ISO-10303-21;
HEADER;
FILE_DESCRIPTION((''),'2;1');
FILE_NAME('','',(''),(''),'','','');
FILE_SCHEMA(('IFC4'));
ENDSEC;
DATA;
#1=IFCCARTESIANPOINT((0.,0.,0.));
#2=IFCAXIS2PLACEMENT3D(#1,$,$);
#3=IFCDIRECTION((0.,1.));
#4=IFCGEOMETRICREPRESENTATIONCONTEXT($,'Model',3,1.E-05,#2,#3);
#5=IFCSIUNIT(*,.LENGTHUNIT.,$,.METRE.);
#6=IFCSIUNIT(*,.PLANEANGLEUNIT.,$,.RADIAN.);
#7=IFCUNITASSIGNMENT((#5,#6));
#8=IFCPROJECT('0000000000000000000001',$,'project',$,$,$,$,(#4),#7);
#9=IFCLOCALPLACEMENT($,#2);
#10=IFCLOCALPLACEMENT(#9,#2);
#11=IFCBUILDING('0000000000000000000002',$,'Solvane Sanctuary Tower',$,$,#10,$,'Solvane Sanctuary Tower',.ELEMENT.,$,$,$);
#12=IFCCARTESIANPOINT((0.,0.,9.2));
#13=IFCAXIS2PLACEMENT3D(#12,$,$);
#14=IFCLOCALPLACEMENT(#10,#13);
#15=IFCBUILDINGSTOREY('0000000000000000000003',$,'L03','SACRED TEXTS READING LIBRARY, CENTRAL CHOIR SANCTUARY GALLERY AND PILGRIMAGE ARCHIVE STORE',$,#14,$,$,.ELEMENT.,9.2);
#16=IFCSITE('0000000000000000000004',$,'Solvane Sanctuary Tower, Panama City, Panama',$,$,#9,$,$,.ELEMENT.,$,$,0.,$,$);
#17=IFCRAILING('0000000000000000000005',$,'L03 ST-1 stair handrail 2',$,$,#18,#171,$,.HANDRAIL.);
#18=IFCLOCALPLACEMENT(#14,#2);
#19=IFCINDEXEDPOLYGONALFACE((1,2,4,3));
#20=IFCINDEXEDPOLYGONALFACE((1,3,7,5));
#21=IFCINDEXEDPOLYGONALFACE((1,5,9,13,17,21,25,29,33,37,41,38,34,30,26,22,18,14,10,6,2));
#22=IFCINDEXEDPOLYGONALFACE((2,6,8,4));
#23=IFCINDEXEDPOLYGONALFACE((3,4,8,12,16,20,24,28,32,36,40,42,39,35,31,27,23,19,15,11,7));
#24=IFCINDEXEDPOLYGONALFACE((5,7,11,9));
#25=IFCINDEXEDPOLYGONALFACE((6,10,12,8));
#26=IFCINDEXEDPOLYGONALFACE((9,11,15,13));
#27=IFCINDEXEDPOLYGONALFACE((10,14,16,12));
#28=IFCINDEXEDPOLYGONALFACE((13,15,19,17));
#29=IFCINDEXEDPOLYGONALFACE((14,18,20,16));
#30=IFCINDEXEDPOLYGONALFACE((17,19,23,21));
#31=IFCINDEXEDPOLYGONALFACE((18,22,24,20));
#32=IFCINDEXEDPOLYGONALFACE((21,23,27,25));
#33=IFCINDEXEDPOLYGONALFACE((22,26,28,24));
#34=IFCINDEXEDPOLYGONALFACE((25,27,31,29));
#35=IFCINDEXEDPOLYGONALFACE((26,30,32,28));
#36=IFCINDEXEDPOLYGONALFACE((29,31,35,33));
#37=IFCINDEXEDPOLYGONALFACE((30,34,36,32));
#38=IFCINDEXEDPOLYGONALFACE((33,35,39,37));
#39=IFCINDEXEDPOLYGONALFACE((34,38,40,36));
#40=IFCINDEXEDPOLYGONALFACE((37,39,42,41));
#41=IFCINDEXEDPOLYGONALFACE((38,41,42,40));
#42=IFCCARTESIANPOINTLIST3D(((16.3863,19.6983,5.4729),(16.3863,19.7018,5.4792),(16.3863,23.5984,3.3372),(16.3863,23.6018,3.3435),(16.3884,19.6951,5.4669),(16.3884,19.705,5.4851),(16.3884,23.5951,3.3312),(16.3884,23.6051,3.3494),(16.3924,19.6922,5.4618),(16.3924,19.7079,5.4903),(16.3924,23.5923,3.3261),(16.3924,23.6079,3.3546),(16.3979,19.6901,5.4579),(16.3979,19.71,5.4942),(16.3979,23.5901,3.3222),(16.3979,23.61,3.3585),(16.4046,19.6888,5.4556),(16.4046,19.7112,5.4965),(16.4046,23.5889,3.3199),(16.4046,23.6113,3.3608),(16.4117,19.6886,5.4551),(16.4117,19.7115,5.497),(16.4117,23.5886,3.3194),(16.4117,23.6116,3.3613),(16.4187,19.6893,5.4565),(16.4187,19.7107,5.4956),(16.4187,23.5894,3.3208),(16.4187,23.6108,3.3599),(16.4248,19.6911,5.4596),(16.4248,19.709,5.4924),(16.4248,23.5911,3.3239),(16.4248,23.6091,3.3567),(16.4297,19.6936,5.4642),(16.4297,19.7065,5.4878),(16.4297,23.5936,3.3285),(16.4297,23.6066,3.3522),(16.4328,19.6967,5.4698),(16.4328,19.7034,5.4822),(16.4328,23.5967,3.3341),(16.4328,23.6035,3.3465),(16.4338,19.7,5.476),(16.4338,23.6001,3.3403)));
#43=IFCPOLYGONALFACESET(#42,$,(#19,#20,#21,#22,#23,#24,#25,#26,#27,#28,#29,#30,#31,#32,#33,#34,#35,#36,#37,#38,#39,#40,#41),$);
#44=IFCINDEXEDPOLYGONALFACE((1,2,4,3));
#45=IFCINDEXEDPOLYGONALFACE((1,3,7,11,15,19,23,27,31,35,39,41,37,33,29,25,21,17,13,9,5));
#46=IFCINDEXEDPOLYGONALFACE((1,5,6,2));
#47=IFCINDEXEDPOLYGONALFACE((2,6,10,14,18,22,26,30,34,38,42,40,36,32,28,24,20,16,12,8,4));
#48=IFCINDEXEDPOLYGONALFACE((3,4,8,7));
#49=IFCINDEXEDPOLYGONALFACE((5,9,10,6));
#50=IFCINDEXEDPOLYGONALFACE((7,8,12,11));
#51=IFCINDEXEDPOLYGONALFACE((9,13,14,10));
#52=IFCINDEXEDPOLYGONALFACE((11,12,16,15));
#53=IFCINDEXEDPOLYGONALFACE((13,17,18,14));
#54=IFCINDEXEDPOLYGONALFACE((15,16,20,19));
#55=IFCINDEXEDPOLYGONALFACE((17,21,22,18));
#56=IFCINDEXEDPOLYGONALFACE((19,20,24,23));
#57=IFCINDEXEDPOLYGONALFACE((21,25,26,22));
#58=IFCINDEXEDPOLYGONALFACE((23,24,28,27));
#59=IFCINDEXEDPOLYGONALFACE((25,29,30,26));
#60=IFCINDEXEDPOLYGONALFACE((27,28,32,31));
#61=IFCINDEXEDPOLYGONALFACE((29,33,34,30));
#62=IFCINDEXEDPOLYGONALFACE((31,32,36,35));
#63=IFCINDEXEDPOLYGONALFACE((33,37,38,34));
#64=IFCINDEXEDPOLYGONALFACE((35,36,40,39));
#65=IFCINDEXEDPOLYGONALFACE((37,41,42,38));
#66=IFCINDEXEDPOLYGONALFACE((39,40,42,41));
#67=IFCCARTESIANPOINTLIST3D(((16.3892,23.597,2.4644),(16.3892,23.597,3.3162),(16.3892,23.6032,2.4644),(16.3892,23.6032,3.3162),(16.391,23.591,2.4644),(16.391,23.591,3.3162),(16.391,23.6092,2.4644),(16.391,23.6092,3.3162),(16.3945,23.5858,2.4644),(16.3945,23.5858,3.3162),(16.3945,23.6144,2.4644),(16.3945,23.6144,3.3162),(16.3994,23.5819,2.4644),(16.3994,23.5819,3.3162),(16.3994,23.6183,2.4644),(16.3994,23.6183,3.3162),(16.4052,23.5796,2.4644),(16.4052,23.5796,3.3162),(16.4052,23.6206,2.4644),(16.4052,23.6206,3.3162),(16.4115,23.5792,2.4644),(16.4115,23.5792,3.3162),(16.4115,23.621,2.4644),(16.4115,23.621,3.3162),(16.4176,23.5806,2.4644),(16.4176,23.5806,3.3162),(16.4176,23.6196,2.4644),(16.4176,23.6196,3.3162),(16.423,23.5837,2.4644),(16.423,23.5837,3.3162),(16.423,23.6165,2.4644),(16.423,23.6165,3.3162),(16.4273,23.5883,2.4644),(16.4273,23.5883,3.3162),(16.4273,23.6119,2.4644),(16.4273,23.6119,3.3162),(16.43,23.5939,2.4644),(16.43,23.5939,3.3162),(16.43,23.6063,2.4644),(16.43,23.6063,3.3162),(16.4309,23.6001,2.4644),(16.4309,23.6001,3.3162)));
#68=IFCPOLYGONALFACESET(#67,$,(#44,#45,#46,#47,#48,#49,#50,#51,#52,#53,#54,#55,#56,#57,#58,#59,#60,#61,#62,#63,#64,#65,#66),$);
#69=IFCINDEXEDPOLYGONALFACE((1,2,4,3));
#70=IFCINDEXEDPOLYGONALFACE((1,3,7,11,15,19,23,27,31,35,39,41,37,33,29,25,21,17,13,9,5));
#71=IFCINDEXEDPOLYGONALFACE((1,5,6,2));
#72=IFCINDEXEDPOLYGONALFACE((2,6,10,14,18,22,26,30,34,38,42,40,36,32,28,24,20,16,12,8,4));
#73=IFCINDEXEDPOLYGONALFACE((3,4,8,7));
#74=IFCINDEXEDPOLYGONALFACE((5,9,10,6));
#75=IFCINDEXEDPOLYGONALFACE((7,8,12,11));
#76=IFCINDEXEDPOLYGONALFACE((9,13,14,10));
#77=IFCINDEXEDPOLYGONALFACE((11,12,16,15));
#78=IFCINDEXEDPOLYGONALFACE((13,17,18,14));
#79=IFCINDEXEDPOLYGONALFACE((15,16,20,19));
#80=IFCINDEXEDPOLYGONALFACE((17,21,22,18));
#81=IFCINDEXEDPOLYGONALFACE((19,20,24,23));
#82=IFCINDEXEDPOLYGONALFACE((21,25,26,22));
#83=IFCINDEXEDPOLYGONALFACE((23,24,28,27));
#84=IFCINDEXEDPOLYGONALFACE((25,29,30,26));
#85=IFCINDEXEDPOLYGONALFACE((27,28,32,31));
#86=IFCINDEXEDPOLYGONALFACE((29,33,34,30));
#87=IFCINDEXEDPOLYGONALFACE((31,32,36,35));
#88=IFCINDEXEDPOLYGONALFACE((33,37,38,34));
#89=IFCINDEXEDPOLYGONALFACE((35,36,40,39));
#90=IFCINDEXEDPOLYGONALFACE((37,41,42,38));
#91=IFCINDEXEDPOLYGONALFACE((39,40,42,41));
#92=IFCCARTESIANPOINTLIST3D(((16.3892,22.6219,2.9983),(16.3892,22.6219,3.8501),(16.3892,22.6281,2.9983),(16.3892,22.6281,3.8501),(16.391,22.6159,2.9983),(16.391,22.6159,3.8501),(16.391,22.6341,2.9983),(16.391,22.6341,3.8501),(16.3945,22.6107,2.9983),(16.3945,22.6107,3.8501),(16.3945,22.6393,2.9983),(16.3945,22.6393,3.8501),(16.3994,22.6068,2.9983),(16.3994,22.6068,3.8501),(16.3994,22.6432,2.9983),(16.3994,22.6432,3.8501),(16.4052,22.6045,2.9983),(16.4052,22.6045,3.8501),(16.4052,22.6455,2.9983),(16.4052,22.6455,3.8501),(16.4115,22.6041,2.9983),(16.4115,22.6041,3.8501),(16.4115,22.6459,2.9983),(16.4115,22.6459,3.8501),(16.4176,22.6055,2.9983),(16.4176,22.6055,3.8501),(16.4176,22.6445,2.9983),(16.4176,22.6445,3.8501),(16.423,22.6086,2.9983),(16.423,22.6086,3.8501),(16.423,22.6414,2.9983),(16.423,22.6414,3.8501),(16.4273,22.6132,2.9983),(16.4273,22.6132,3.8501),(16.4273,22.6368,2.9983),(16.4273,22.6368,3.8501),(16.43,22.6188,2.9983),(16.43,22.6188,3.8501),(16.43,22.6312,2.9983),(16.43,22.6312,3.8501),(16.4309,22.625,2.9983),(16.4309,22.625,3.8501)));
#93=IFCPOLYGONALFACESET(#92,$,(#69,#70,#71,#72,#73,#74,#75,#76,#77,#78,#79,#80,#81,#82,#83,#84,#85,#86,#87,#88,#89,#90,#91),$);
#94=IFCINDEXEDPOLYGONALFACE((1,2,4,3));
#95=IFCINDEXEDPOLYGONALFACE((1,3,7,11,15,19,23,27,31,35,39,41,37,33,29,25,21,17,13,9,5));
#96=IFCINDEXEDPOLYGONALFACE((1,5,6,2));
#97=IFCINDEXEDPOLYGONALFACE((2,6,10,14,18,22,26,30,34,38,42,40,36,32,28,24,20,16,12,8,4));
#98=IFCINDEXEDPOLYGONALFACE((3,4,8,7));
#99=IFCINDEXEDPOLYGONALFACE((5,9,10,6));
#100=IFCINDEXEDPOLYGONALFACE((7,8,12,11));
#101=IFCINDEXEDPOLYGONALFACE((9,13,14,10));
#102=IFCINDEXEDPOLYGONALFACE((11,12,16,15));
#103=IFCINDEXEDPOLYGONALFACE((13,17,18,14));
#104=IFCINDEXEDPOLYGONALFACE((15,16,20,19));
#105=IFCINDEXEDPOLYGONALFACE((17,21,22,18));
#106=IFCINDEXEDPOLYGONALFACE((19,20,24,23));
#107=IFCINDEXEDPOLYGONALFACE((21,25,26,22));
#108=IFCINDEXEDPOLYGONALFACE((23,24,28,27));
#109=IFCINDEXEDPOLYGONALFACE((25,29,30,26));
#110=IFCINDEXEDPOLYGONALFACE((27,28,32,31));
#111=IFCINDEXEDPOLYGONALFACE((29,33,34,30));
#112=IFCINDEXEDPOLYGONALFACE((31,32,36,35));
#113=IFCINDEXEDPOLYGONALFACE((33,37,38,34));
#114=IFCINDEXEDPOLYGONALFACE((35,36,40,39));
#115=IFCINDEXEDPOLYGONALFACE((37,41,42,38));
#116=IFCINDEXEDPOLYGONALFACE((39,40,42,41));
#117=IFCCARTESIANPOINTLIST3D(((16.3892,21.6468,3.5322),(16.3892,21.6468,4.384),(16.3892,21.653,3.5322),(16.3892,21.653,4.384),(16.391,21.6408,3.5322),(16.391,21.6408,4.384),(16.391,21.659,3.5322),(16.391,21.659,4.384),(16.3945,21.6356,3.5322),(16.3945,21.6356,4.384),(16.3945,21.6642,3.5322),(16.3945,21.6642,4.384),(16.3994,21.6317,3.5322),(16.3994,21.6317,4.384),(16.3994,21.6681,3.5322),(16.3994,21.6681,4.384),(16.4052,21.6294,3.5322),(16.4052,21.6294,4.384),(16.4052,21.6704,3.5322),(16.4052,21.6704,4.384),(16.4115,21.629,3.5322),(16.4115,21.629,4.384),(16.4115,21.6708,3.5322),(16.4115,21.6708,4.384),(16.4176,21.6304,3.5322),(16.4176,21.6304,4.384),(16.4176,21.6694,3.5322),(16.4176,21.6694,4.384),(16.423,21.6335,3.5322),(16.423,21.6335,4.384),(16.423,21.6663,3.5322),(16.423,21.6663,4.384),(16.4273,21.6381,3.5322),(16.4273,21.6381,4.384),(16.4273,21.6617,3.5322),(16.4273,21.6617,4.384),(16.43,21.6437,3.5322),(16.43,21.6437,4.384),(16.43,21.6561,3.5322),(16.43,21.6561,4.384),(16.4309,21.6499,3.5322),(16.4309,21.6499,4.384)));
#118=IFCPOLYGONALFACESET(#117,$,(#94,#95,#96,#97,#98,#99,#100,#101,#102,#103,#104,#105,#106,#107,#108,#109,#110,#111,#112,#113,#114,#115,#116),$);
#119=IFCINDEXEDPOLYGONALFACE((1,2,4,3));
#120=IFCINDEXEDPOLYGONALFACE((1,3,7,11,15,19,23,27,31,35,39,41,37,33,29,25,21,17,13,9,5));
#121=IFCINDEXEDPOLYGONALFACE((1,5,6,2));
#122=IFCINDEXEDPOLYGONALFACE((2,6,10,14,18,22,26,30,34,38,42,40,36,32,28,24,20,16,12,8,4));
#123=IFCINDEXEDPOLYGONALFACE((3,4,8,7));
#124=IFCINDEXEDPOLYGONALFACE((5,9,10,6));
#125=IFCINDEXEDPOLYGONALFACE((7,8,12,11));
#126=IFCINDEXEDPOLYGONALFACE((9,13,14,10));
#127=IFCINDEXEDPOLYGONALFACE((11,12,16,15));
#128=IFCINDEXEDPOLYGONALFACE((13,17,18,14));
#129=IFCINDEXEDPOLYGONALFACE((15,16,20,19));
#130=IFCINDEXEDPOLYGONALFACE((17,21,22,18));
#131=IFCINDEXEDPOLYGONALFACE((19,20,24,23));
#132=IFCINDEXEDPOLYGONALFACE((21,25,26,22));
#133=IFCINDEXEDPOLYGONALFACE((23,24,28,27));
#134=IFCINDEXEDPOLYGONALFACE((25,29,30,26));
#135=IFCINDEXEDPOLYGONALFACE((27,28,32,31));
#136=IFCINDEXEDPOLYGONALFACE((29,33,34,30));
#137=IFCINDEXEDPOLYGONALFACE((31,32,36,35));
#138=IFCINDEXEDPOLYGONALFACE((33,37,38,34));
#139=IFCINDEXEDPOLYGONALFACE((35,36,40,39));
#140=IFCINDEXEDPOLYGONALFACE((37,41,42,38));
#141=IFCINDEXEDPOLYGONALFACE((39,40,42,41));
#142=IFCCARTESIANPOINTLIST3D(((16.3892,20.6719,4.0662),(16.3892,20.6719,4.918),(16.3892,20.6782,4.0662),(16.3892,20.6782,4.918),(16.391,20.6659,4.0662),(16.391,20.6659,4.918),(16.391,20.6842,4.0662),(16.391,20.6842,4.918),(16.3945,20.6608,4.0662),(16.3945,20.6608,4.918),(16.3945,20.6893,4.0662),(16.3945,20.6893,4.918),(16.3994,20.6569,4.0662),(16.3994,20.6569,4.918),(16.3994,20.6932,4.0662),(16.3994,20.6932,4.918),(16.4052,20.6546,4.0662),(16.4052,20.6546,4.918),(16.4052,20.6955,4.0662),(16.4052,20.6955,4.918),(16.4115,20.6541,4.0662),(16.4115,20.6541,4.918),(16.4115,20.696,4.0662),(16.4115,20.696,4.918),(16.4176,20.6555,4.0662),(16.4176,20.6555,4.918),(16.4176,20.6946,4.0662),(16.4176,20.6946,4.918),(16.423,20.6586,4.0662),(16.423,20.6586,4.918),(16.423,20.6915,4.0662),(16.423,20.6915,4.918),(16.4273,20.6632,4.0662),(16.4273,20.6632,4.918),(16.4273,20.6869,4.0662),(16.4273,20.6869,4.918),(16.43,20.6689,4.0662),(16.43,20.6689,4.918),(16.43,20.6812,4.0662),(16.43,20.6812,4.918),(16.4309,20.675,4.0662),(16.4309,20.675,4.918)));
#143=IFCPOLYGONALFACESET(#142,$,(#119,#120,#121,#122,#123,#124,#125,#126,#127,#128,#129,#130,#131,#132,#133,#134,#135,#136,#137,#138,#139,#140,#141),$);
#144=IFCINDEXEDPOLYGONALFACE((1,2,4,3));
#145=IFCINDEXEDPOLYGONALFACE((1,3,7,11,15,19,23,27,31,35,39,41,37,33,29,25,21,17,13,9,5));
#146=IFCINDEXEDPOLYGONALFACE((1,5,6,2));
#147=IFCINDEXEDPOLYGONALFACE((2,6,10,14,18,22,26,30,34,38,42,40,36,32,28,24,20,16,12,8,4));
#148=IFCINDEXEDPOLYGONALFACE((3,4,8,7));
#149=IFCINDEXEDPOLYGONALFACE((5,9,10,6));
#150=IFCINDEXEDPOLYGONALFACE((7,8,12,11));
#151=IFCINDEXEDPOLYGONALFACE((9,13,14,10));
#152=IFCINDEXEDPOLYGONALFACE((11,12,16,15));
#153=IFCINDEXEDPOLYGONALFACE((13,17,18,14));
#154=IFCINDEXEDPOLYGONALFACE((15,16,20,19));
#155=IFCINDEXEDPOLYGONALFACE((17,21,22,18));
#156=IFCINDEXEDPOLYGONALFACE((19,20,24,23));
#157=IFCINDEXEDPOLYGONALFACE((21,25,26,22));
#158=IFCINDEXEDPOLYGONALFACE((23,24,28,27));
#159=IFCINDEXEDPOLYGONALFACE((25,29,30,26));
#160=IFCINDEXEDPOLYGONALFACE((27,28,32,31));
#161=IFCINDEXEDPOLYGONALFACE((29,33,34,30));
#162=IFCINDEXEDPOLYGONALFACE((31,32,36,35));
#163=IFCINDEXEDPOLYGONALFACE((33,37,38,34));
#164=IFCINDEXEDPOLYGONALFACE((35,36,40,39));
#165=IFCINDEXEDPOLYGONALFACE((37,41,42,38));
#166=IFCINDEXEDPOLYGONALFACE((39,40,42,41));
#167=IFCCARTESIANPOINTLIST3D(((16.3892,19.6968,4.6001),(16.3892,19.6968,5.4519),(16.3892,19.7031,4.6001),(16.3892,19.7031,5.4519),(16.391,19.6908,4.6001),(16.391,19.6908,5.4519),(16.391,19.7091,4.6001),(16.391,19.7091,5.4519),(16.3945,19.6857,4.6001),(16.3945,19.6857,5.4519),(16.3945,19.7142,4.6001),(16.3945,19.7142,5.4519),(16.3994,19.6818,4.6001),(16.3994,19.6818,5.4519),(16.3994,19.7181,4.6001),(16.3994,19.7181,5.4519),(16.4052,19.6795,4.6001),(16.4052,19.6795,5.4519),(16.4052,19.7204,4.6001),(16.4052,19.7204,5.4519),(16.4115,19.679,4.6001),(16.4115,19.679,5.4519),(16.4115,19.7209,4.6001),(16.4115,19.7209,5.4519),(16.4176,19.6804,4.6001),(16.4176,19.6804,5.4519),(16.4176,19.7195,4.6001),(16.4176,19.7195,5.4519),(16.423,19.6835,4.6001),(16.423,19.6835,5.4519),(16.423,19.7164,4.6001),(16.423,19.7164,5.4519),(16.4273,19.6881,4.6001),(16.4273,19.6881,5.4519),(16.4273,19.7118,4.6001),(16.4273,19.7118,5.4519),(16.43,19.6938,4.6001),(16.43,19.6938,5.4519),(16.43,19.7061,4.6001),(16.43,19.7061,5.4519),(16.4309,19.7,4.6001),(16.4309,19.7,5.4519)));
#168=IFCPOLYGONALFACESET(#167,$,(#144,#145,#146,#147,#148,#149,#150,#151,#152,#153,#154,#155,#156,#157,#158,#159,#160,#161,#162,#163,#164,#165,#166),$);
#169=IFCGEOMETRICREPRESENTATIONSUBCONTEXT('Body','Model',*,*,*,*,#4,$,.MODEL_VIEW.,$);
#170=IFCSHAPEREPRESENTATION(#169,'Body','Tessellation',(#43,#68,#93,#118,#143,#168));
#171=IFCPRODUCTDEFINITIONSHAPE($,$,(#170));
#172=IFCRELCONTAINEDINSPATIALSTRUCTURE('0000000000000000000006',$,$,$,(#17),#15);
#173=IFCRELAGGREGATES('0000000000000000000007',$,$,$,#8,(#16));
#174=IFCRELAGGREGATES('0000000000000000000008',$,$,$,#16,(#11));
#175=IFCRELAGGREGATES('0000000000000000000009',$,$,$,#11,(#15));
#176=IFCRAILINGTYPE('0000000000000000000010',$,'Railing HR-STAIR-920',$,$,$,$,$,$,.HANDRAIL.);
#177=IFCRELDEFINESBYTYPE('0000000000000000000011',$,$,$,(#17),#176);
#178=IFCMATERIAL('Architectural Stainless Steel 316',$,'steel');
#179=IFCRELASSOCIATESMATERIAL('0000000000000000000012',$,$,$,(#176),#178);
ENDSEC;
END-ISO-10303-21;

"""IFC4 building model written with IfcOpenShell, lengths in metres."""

from ifc_helpers import new_model, si_unit, direction, frame, origin, origin_2d, place, context, subcontext, project, spatial, circle, extrude, material, type_object, element, save


model = new_model("IFC4")

# Units and contexts
model_context = context("Model", 3, precision=1e-05, world=origin(), true_north=direction((0.0, 1.0)))
body_context = subcontext(model_context, "Body", "Model", "MODEL_VIEW")
ifc_project = project(units=[si_unit("LENGTHUNIT", "METRE"), si_unit("PLANEANGLEUNIT", "RADIAN")], contexts=[model_context])

# Site, building, storey
site_placement = place(None, origin())
site = spatial("IfcSite", under=ifc_project, at=site_placement, Name="Solvane Sanctuary Tower, Panama City, Panama", CompositionType="ELEMENT", RefElevation=0.0)
building_placement = place(site_placement, origin())
building = spatial("IfcBuilding", under=site, at=building_placement, Name="Solvane Sanctuary Tower", LongName="Solvane Sanctuary Tower", CompositionType="ELEMENT")
storey_placement = place(building_placement, frame((0.0, 0.0, 9.2)))
storey = spatial("IfcBuildingStorey", under=building, at=storey_placement, Name="L03", Description="SACRED TEXTS READING LIBRARY, CENTRAL CHOIR SANCTUARY GALLERY AND PILGRIMAGE ARCHIVE STORE", CompositionType="ELEMENT", Elevation=9.2)

# Railing
ifc_material_1 = material(Name="Architectural Stainless Steel 316", Category="steel")
railing_type_1 = type_object("IfcRailingType", Name="Railing HR-STAIR-920", PredefinedType="HANDRAIL", material=ifc_material_1)
railing_1_placement = place(storey_placement, frame((16.4099, 23.6001, 2.4644)))
element("IfcRailing", 1, at=railing_1_placement, inside=storey, type_object=railing_type_1, Name="L03 ST-1 stair handrail 2", PredefinedType="HANDRAIL", context=body_context, shape_type="SweptSolid", body=[
    extrude(circle(Radius=0.0239, at=origin_2d()), frame((0.0, 0.0, 0.876), z_axis=(0.0, -0.877101, 0.480306), x_axis=(1.0, 0.0, 0.0)), (0.0, 0.0, 1.0), 4.4465),
    extrude(circle(Radius=0.021, at=origin_2d()), origin(), (0.0, 0.0, 1.0), 0.8518),
    extrude(circle(Radius=0.021, at=origin_2d()), frame((0.0, -0.9751, 0.5339)), (0.0, 0.0, 1.0), 0.8518),
    extrude(circle(Radius=0.021, at=origin_2d()), frame((0.0, -1.9502, 1.0679)), (0.0, 0.0, 1.0), 0.8518),
    extrude(circle(Radius=0.021, at=origin_2d()), frame((0.0, -2.925, 1.6018)), (0.0, 0.0, 1.0), 0.8518),
    extrude(circle(Radius=0.021, at=origin_2d()), frame((0.0, -3.9001, 2.1357)), (0.0, 0.0, 1.0), 0.8518),
])

save(model, "model.ifc")
